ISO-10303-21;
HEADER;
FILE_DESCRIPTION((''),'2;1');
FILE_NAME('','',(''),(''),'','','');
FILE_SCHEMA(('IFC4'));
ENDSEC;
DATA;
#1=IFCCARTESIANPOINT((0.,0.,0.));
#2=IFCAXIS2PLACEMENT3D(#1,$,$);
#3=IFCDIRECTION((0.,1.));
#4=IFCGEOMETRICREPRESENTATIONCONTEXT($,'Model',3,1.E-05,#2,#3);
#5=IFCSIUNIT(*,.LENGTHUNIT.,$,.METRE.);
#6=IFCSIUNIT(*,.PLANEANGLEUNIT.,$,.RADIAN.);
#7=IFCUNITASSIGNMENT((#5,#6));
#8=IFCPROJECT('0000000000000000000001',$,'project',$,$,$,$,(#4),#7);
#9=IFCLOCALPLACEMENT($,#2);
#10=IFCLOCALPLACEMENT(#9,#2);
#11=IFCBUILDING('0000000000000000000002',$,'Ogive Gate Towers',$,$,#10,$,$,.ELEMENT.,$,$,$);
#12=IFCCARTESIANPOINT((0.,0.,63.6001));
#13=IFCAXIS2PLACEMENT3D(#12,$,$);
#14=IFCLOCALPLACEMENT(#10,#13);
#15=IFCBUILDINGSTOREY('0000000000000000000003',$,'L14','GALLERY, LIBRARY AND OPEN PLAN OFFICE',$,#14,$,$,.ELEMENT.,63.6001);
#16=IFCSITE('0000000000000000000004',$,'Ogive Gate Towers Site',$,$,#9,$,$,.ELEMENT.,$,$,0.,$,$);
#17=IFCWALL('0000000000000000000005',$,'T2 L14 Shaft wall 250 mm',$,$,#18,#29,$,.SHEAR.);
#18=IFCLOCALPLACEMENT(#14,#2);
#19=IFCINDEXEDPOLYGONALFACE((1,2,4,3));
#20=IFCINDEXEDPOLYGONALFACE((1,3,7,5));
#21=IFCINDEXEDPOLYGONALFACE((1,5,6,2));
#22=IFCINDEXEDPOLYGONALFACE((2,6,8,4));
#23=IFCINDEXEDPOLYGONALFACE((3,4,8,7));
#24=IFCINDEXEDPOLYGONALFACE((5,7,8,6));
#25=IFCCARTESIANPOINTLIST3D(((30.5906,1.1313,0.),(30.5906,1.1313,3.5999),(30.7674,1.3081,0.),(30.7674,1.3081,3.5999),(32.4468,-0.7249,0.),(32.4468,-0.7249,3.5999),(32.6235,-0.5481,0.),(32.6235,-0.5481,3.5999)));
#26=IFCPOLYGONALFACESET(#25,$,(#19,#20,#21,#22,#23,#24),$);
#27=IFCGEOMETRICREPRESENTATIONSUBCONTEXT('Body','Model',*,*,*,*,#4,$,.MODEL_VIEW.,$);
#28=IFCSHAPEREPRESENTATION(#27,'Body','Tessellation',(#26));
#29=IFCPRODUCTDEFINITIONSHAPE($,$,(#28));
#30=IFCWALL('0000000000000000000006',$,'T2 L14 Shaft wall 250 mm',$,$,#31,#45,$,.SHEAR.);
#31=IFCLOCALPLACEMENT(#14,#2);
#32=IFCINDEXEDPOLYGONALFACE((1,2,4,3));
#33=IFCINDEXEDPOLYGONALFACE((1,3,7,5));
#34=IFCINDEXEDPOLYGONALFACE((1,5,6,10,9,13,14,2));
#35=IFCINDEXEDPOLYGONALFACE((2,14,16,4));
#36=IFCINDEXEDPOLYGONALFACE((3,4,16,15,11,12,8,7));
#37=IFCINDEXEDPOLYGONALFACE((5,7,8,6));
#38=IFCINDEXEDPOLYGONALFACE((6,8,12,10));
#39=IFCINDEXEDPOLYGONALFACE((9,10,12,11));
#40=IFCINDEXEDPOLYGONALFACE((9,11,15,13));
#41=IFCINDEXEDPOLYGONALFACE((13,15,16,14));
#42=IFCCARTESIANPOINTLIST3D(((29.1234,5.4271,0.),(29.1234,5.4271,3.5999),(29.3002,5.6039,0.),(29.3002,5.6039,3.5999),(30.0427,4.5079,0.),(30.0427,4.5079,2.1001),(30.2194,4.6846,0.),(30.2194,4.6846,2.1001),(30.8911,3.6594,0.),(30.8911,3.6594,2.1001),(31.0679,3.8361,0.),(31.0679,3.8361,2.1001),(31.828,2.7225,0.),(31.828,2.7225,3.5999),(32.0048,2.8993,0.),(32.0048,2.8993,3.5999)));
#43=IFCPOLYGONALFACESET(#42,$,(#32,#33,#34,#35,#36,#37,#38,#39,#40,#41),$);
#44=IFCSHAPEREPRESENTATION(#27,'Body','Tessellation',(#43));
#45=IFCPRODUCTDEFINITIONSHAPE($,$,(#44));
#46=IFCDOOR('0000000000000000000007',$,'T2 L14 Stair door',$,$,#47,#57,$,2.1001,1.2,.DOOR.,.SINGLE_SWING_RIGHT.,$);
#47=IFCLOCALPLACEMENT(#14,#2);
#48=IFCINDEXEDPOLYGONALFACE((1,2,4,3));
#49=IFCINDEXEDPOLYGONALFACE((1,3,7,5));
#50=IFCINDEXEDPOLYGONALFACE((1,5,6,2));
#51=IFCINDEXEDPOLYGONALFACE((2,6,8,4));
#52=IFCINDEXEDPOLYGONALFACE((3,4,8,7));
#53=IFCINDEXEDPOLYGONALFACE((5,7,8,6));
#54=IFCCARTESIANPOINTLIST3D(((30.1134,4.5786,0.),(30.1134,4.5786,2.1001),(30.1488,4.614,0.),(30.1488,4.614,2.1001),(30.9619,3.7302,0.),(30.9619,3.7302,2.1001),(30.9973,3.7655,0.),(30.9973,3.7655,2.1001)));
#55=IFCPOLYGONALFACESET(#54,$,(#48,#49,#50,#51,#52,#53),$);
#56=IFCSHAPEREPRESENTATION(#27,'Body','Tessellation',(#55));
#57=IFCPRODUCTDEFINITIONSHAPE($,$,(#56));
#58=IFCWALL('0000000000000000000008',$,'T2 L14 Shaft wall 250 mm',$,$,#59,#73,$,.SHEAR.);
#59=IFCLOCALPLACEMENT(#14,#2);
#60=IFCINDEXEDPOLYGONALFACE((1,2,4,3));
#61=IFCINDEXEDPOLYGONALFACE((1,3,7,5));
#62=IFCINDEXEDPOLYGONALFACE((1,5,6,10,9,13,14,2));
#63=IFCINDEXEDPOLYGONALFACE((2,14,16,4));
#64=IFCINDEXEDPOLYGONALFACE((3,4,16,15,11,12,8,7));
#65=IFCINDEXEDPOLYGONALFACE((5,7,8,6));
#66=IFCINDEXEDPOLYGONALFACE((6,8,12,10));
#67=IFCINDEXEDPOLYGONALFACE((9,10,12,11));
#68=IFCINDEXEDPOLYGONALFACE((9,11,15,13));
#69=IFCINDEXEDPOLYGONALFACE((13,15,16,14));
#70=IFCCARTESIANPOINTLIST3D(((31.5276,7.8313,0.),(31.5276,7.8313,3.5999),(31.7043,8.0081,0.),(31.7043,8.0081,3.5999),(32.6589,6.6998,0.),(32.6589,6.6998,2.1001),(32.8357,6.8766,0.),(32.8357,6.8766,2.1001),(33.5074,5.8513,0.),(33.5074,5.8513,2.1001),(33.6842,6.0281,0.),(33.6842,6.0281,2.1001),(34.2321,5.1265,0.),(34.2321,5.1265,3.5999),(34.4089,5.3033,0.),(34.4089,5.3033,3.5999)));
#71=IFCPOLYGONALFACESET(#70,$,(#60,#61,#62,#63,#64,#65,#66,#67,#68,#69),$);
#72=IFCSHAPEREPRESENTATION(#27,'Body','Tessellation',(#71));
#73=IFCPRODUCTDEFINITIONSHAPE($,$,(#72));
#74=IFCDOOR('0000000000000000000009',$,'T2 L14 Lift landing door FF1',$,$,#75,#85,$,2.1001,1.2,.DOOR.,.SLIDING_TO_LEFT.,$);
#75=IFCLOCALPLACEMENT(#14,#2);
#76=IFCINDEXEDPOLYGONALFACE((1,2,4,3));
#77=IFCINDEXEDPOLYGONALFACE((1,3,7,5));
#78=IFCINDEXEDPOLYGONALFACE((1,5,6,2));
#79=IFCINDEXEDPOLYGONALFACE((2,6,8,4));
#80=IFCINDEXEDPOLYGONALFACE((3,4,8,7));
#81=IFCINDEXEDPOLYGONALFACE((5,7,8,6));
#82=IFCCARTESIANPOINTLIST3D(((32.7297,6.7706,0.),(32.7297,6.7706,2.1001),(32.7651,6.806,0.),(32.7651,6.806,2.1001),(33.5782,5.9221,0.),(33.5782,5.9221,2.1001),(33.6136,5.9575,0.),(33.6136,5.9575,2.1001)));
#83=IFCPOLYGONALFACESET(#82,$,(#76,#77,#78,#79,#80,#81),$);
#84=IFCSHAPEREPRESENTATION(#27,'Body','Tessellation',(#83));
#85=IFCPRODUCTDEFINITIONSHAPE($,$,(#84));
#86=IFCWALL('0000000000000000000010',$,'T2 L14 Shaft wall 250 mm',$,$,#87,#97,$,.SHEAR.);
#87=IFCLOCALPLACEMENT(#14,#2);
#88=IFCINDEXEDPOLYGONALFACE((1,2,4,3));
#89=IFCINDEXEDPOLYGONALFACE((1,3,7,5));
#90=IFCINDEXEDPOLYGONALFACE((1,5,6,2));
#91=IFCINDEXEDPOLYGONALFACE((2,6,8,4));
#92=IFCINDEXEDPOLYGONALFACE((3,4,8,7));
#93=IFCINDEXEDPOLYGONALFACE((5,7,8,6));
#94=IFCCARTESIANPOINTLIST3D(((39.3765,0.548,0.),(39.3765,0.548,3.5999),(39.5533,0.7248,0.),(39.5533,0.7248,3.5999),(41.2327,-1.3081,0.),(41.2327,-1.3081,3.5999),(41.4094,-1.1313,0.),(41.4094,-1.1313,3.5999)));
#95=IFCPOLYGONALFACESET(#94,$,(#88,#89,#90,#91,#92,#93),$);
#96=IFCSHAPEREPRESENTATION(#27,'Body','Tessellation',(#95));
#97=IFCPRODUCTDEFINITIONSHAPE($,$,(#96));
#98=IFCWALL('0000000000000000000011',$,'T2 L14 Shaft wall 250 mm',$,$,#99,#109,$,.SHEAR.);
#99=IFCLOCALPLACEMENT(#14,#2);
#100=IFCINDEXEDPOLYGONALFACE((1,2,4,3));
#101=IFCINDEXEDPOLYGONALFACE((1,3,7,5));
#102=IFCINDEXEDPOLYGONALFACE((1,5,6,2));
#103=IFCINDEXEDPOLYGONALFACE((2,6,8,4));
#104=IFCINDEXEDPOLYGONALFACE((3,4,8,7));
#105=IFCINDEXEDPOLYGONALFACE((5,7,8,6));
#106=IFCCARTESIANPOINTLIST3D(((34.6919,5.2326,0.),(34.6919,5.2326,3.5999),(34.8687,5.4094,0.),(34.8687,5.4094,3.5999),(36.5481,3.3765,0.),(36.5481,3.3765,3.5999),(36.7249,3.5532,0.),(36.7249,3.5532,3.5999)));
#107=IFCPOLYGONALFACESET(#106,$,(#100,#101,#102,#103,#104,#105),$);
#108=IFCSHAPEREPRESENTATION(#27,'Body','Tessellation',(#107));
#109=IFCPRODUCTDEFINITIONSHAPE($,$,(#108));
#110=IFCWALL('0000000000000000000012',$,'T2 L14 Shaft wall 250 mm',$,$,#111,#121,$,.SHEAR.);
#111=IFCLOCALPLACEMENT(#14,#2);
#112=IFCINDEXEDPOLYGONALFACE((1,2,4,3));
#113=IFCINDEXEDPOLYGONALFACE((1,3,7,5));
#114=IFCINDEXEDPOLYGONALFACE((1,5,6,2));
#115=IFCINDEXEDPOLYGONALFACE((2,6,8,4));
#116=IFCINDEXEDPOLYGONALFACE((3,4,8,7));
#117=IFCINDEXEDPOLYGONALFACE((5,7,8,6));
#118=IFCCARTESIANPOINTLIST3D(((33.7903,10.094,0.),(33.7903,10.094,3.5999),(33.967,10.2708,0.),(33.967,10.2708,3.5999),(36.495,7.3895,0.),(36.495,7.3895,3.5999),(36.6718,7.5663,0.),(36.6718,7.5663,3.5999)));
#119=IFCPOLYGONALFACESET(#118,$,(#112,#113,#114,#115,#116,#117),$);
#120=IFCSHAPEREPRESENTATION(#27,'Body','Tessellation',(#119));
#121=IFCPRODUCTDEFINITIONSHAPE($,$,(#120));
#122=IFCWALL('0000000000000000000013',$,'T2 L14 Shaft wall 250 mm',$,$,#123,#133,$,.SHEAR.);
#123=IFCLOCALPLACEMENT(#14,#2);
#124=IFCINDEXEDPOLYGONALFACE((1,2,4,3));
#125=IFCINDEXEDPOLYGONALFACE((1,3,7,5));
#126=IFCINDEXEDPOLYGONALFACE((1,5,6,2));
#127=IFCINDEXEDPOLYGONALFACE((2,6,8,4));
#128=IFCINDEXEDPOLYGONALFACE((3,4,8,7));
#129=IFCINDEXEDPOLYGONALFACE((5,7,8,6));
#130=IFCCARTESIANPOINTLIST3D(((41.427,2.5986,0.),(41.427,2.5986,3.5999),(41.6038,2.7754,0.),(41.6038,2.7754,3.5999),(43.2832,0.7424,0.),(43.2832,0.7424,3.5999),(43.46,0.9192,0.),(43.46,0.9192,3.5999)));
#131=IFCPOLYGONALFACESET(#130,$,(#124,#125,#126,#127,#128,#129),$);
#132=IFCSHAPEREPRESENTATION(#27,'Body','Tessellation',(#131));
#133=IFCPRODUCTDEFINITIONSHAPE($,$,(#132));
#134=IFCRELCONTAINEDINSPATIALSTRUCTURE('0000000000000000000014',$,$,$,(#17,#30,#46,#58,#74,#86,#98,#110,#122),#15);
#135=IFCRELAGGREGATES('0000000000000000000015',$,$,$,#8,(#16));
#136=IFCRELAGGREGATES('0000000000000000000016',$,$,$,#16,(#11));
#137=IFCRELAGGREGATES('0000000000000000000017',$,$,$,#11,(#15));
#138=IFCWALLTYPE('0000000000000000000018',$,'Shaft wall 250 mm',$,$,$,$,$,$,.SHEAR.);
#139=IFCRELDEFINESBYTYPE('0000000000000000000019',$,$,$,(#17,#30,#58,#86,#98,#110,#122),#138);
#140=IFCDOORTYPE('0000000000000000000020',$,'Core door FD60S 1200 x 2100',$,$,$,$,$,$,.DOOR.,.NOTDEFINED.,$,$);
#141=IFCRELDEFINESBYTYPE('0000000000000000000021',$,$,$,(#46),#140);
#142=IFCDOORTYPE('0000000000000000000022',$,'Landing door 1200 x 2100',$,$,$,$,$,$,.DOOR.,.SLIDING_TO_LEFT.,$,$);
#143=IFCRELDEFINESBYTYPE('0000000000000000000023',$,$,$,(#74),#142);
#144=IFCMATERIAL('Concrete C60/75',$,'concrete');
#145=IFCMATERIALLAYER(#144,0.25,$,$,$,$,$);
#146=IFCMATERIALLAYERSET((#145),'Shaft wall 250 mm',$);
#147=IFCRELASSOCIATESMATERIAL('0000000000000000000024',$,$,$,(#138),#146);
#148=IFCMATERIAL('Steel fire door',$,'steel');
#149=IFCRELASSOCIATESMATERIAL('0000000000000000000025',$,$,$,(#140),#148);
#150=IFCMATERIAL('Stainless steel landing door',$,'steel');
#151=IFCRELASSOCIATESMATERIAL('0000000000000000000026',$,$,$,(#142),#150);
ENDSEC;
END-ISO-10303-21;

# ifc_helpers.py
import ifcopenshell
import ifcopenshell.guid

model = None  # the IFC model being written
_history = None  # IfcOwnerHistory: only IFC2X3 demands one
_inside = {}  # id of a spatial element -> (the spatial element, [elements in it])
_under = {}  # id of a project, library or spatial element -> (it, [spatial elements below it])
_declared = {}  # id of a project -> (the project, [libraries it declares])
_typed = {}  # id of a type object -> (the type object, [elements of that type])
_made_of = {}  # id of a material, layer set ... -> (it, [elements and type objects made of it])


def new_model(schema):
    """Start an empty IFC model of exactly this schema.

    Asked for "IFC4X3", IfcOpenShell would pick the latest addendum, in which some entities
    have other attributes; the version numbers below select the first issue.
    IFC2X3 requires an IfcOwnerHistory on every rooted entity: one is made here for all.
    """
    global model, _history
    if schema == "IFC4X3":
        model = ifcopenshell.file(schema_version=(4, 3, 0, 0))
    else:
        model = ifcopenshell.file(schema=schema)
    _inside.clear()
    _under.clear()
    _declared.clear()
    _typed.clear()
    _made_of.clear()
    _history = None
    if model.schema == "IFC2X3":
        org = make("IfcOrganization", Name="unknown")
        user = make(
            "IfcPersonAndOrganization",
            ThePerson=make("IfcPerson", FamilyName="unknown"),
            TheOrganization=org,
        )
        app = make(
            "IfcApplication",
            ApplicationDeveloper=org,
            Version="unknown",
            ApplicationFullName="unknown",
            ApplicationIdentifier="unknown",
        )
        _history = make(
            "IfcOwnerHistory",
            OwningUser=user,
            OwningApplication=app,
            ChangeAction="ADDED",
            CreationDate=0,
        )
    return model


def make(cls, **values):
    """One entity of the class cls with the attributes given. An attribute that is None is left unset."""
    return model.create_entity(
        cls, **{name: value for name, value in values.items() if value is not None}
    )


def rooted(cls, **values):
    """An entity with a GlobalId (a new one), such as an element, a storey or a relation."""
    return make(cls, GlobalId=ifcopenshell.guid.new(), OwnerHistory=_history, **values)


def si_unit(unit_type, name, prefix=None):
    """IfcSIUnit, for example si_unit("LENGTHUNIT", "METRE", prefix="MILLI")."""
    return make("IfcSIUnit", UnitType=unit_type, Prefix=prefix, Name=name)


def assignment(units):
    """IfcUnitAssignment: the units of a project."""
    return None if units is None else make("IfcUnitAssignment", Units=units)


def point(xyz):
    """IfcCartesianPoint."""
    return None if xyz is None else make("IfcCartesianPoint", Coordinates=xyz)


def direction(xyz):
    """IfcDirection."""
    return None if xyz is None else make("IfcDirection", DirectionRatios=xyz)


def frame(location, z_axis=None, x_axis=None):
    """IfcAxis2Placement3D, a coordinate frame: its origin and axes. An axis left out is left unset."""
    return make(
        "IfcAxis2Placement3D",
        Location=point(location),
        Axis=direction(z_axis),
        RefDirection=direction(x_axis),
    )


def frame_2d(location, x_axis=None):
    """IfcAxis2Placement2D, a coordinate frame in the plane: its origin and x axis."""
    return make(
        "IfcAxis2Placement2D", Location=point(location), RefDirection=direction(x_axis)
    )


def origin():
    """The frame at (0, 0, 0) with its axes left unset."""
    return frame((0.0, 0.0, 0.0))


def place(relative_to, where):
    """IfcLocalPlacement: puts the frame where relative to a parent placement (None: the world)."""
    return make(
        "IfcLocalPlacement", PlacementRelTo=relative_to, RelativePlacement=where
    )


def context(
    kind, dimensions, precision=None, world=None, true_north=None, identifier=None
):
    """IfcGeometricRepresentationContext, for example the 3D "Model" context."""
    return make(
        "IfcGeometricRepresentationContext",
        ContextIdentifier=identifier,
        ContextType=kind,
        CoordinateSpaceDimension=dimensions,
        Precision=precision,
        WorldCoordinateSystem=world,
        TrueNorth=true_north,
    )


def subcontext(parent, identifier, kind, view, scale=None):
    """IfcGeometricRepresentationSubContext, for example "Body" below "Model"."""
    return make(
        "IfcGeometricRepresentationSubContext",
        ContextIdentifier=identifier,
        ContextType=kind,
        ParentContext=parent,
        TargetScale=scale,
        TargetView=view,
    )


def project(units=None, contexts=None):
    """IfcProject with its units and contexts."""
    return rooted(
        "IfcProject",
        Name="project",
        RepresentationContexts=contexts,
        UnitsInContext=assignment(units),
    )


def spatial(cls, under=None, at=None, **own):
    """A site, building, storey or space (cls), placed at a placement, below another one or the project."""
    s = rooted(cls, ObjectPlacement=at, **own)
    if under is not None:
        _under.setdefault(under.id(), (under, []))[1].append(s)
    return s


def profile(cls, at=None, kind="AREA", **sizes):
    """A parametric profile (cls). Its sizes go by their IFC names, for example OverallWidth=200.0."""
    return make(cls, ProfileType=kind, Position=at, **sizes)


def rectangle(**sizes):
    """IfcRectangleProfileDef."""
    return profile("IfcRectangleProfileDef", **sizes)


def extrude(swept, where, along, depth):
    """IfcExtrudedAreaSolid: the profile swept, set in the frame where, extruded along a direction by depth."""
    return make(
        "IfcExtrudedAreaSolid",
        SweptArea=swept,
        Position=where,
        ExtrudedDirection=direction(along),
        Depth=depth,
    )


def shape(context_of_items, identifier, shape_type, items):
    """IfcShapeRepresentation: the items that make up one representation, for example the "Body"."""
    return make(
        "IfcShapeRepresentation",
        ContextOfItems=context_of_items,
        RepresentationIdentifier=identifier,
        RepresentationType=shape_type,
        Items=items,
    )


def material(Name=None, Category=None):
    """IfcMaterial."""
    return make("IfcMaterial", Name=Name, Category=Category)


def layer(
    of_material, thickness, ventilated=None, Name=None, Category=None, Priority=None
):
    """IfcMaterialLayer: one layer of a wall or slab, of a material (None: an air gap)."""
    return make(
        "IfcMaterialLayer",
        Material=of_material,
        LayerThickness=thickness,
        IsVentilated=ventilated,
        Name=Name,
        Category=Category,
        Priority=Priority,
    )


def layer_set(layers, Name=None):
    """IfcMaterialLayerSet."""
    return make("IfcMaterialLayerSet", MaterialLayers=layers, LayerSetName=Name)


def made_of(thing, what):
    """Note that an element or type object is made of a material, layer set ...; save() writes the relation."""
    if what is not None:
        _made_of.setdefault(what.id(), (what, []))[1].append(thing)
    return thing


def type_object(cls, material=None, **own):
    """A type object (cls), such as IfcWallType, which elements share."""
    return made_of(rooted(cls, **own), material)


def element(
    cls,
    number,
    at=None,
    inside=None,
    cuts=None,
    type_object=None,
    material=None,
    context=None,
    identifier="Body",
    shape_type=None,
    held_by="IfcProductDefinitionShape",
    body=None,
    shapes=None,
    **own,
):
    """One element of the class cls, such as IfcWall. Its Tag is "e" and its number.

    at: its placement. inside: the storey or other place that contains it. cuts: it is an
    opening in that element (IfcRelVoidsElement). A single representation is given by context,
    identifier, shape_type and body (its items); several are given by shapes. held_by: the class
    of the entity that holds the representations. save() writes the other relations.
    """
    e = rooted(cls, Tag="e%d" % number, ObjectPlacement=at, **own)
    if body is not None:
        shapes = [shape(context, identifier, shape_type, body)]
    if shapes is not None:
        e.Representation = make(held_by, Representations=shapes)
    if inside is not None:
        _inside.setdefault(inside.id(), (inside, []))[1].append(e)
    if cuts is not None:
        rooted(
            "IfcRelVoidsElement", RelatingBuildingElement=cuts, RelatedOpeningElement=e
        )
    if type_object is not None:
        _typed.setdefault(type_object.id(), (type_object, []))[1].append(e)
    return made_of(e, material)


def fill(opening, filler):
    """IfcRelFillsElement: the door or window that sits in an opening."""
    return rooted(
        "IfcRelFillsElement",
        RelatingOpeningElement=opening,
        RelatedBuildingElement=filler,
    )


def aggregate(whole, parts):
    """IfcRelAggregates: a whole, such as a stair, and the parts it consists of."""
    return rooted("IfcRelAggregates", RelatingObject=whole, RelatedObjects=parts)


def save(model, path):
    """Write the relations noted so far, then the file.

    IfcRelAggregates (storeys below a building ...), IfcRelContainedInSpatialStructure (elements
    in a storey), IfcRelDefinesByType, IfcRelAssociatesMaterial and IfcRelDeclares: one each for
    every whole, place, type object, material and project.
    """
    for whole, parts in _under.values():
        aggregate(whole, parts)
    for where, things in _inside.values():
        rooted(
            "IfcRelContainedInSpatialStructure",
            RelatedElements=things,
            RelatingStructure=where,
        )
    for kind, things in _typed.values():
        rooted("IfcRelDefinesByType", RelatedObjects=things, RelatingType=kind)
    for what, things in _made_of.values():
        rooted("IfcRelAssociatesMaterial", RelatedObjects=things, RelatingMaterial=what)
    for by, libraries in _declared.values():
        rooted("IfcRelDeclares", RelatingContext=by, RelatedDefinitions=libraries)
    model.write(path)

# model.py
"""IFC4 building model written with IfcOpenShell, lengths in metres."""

from ifc_helpers import new_model, si_unit, direction, frame, frame_2d, origin, place, context, subcontext, project, spatial, rectangle, extrude, material, layer, layer_set, type_object, element, fill, save


model = new_model("IFC4")

# Units and contexts
model_context = context("Model", 3, precision=1e-05, world=origin(), true_north=direction((0.0, 1.0)))
body_context = subcontext(model_context, "Body", "Model", "MODEL_VIEW")
ifc_project = project(units=[si_unit("LENGTHUNIT", "METRE"), si_unit("PLANEANGLEUNIT", "RADIAN")], contexts=[model_context])

# Site, building, storey
site_placement = place(None, origin())
site = spatial("IfcSite", under=ifc_project, at=site_placement, Name="Ogive Gate Towers Site", CompositionType="ELEMENT", RefElevation=0.0)
building_placement = place(site_placement, origin())
building = spatial("IfcBuilding", under=site, at=building_placement, Name="Ogive Gate Towers", CompositionType="ELEMENT")
storey_placement = place(building_placement, frame((0.0, 0.0, 63.6001)))
storey = spatial("IfcBuildingStorey", under=building, at=storey_placement, Name="L14", Description="GALLERY, LIBRARY AND OPEN PLAN OFFICE", CompositionType="ELEMENT", Elevation=63.6001)

# Wall
ifc_material_1 = material(Name="Concrete C60/75", Category="concrete")
ifc_layer_1 = layer(ifc_material_1, 0.25)
ifc_layer_set_1 = layer_set([ifc_layer_1], Name="Shaft wall 250 mm")
wall_type_1 = type_object("IfcWallType", Name="Shaft wall 250 mm", PredefinedType="SHEAR", material=ifc_layer_set_1)
wall_1_placement = place(storey_placement, frame((32.5352, -0.6365, 0.0), z_axis=(0.0, 0.0, 1.0), x_axis=(-0.707107, 0.707107, 0.0)))
element("IfcWall", 1, at=wall_1_placement, inside=storey, type_object=wall_type_1, Name="T2 L14 Shaft wall 250 mm", PredefinedType="SHEAR", context=body_context, shape_type="SweptSolid", body=[
    extrude(rectangle(XDim=2.625, YDim=0.25, at=frame_2d((1.3125, 0.0))), origin(), (0.0, 0.0, 1.0), 3.5999),
])

# Walls, openings, doors
wall_2_placement = place(storey_placement, frame((31.9165, 2.8108, 0.0), z_axis=(0.0, 0.0, 1.0), x_axis=(-0.707107, 0.707107, 0.0)))
wall_2 = element("IfcWall", 2, at=wall_2_placement, inside=storey, type_object=wall_type_1, Name="T2 L14 Shaft wall 250 mm", PredefinedType="SHEAR", context=body_context, shape_type="SweptSolid", body=[
    extrude(rectangle(XDim=3.825, YDim=0.25, at=frame_2d((1.9126, 0.0))), origin(), (0.0, 0.0, 1.0), 3.5999),
])
opening_1_placement = place(wall_2_placement, frame((1.325, 0.0, 0.0)))
opening_1 = element("IfcOpeningElement", 3, at=opening_1_placement, cuts=wall_2, PredefinedType="OPENING", context=body_context, shape_type="SweptSolid", body=[
    extrude(rectangle(XDim=1.2, YDim=2.1001, at=frame_2d((0.6001, 1.05))), frame((0.0, 0.135, 0.0), z_axis=(0.0, -1.0, 0.0), x_axis=(1.0, 0.0, 0.0)), (0.0, 0.0, 1.0), 0.27),
])
ifc_material_2 = material(Name="Steel fire door", Category="steel")
door_type_1 = type_object("IfcDoorType", Name="Core door FD60S 1200 x 2100", OperationType="NOTDEFINED", PredefinedType="DOOR", material=ifc_material_2)
door_1_placement = place(opening_1_placement, origin())
door_1 = element("IfcDoor", 4, at=door_1_placement, inside=storey, type_object=door_type_1, Name="T2 L14 Stair door", OperationType="SINGLE_SWING_RIGHT", OverallHeight=2.1001, OverallWidth=1.2, PredefinedType="DOOR", context=body_context, shape_type="SweptSolid", body=[
    extrude(rectangle(XDim=1.2, YDim=2.1001, at=frame_2d((0.6001, 1.05))), frame((0.0, 0.0249, 0.0), z_axis=(0.0, -1.0, 0.0), x_axis=(1.0, 0.0, 0.0)), (0.0, 0.0, 1.0), 0.05),
])
fill(opening_1, door_1)
wall_3_placement = place(storey_placement, frame((34.3206, 5.2148, 0.0), z_axis=(0.0, 0.0, 1.0), x_axis=(-0.707075, 0.707139, 0.0)))
wall_3 = element("IfcWall", 5, at=wall_3_placement, inside=storey, type_object=wall_type_1, Name="T2 L14 Shaft wall 250 mm", PredefinedType="SHEAR", context=body_context, shape_type="SweptSolid", body=[
    extrude(rectangle(XDim=3.825, YDim=0.25, at=frame_2d((1.9126, 0.0))), origin(), (0.0, 0.0, 1.0), 3.5999),
])
opening_2_placement = place(wall_3_placement, frame((1.0249, 0.0, 0.0)))
opening_2 = element("IfcOpeningElement", 6, at=opening_2_placement, cuts=wall_3, PredefinedType="OPENING", context=body_context, shape_type="SweptSolid", body=[
    extrude(rectangle(XDim=1.2, YDim=2.1001, at=frame_2d((0.6001, 1.05))), frame((0.0, 0.135, 0.0), z_axis=(0.0, -1.0, 0.0), x_axis=(1.0, 0.0, 0.0)), (0.0, 0.0, 1.0), 0.27),
])
ifc_material_3 = material(Name="Stainless steel landing door", Category="steel")
door_type_2 = type_object("IfcDoorType", Name="Landing door 1200 x 2100", OperationType="SLIDING_TO_LEFT", PredefinedType="DOOR", material=ifc_material_3)
door_2_placement = place(opening_2_placement, origin())
door_2 = element("IfcDoor", 7, at=door_2_placement, inside=storey, type_object=door_type_2, Name="T2 L14 Lift landing door FF1", OperationType="SLIDING_TO_LEFT", OverallHeight=2.1001, OverallWidth=1.2, PredefinedType="DOOR", context=body_context, shape_type="SweptSolid", body=[
    extrude(rectangle(XDim=1.2, YDim=2.1001, at=frame_2d((0.6001, 1.05))), frame((0.0, 0.0249, 0.0), z_axis=(0.0, -1.0, 0.0), x_axis=(1.0, 0.0, 0.0)), (0.0, 0.0, 1.0), 0.05),
])
fill(opening_2, door_2)

# Walls
for number, where, z_axis, x_axis, name in (
    (8, (41.321, -1.2197, 0.0), (0.0, 0.0, 1.0), (-0.707107, 0.707107, 0.0), "T2 L14 Shaft wall 250 mm"),
    (9, (36.6365, 3.4648, 0.0), (0.0, 0.0, 1.0), (-0.707107, 0.707107, 0.0), "T2 L14 Shaft wall 250 mm"),
):
    element("IfcWall", number, at=place(storey_placement, frame(where, z_axis=z_axis, x_axis=x_axis)), inside=storey, type_object=wall_type_1, Name=name, PredefinedType="SHEAR", context=body_context, shape_type="SweptSolid", body=[
        extrude(rectangle(XDim=2.625, YDim=0.25, at=frame_2d((1.3125, 0.0))), origin(), (0.0, 0.0, 1.0), 3.5999),
    ])
wall_4_placement = place(storey_placement, frame((36.5835, 7.4778, 0.0), z_axis=(0.0, 0.0, 1.0), x_axis=(-0.707139, 0.707075, 0.0)))
element("IfcWall", 10, at=wall_4_placement, inside=storey, type_object=wall_type_1, Name="T2 L14 Shaft wall 250 mm", PredefinedType="SHEAR", context=body_context, shape_type="SweptSolid", body=[
    extrude(rectangle(XDim=3.825, YDim=0.25, at=frame_2d((1.9126, 0.0))), origin(), (0.0, 0.0, 1.0), 3.5999),
])
wall_5_placement = place(storey_placement, frame((43.3716, 0.8308, 0.0), z_axis=(0.0, 0.0, 1.0), x_axis=(-0.707107, 0.707107, 0.0)))
element("IfcWall", 11, at=wall_5_placement, inside=storey, type_object=wall_type_1, Name="T2 L14 Shaft wall 250 mm", PredefinedType="SHEAR", context=body_context, shape_type="SweptSolid", body=[
    extrude(rectangle(XDim=2.625, YDim=0.25, at=frame_2d((1.3125, 0.0))), origin(), (0.0, 0.0, 1.0), 3.5999),
])

save(model, "model.ifc")
